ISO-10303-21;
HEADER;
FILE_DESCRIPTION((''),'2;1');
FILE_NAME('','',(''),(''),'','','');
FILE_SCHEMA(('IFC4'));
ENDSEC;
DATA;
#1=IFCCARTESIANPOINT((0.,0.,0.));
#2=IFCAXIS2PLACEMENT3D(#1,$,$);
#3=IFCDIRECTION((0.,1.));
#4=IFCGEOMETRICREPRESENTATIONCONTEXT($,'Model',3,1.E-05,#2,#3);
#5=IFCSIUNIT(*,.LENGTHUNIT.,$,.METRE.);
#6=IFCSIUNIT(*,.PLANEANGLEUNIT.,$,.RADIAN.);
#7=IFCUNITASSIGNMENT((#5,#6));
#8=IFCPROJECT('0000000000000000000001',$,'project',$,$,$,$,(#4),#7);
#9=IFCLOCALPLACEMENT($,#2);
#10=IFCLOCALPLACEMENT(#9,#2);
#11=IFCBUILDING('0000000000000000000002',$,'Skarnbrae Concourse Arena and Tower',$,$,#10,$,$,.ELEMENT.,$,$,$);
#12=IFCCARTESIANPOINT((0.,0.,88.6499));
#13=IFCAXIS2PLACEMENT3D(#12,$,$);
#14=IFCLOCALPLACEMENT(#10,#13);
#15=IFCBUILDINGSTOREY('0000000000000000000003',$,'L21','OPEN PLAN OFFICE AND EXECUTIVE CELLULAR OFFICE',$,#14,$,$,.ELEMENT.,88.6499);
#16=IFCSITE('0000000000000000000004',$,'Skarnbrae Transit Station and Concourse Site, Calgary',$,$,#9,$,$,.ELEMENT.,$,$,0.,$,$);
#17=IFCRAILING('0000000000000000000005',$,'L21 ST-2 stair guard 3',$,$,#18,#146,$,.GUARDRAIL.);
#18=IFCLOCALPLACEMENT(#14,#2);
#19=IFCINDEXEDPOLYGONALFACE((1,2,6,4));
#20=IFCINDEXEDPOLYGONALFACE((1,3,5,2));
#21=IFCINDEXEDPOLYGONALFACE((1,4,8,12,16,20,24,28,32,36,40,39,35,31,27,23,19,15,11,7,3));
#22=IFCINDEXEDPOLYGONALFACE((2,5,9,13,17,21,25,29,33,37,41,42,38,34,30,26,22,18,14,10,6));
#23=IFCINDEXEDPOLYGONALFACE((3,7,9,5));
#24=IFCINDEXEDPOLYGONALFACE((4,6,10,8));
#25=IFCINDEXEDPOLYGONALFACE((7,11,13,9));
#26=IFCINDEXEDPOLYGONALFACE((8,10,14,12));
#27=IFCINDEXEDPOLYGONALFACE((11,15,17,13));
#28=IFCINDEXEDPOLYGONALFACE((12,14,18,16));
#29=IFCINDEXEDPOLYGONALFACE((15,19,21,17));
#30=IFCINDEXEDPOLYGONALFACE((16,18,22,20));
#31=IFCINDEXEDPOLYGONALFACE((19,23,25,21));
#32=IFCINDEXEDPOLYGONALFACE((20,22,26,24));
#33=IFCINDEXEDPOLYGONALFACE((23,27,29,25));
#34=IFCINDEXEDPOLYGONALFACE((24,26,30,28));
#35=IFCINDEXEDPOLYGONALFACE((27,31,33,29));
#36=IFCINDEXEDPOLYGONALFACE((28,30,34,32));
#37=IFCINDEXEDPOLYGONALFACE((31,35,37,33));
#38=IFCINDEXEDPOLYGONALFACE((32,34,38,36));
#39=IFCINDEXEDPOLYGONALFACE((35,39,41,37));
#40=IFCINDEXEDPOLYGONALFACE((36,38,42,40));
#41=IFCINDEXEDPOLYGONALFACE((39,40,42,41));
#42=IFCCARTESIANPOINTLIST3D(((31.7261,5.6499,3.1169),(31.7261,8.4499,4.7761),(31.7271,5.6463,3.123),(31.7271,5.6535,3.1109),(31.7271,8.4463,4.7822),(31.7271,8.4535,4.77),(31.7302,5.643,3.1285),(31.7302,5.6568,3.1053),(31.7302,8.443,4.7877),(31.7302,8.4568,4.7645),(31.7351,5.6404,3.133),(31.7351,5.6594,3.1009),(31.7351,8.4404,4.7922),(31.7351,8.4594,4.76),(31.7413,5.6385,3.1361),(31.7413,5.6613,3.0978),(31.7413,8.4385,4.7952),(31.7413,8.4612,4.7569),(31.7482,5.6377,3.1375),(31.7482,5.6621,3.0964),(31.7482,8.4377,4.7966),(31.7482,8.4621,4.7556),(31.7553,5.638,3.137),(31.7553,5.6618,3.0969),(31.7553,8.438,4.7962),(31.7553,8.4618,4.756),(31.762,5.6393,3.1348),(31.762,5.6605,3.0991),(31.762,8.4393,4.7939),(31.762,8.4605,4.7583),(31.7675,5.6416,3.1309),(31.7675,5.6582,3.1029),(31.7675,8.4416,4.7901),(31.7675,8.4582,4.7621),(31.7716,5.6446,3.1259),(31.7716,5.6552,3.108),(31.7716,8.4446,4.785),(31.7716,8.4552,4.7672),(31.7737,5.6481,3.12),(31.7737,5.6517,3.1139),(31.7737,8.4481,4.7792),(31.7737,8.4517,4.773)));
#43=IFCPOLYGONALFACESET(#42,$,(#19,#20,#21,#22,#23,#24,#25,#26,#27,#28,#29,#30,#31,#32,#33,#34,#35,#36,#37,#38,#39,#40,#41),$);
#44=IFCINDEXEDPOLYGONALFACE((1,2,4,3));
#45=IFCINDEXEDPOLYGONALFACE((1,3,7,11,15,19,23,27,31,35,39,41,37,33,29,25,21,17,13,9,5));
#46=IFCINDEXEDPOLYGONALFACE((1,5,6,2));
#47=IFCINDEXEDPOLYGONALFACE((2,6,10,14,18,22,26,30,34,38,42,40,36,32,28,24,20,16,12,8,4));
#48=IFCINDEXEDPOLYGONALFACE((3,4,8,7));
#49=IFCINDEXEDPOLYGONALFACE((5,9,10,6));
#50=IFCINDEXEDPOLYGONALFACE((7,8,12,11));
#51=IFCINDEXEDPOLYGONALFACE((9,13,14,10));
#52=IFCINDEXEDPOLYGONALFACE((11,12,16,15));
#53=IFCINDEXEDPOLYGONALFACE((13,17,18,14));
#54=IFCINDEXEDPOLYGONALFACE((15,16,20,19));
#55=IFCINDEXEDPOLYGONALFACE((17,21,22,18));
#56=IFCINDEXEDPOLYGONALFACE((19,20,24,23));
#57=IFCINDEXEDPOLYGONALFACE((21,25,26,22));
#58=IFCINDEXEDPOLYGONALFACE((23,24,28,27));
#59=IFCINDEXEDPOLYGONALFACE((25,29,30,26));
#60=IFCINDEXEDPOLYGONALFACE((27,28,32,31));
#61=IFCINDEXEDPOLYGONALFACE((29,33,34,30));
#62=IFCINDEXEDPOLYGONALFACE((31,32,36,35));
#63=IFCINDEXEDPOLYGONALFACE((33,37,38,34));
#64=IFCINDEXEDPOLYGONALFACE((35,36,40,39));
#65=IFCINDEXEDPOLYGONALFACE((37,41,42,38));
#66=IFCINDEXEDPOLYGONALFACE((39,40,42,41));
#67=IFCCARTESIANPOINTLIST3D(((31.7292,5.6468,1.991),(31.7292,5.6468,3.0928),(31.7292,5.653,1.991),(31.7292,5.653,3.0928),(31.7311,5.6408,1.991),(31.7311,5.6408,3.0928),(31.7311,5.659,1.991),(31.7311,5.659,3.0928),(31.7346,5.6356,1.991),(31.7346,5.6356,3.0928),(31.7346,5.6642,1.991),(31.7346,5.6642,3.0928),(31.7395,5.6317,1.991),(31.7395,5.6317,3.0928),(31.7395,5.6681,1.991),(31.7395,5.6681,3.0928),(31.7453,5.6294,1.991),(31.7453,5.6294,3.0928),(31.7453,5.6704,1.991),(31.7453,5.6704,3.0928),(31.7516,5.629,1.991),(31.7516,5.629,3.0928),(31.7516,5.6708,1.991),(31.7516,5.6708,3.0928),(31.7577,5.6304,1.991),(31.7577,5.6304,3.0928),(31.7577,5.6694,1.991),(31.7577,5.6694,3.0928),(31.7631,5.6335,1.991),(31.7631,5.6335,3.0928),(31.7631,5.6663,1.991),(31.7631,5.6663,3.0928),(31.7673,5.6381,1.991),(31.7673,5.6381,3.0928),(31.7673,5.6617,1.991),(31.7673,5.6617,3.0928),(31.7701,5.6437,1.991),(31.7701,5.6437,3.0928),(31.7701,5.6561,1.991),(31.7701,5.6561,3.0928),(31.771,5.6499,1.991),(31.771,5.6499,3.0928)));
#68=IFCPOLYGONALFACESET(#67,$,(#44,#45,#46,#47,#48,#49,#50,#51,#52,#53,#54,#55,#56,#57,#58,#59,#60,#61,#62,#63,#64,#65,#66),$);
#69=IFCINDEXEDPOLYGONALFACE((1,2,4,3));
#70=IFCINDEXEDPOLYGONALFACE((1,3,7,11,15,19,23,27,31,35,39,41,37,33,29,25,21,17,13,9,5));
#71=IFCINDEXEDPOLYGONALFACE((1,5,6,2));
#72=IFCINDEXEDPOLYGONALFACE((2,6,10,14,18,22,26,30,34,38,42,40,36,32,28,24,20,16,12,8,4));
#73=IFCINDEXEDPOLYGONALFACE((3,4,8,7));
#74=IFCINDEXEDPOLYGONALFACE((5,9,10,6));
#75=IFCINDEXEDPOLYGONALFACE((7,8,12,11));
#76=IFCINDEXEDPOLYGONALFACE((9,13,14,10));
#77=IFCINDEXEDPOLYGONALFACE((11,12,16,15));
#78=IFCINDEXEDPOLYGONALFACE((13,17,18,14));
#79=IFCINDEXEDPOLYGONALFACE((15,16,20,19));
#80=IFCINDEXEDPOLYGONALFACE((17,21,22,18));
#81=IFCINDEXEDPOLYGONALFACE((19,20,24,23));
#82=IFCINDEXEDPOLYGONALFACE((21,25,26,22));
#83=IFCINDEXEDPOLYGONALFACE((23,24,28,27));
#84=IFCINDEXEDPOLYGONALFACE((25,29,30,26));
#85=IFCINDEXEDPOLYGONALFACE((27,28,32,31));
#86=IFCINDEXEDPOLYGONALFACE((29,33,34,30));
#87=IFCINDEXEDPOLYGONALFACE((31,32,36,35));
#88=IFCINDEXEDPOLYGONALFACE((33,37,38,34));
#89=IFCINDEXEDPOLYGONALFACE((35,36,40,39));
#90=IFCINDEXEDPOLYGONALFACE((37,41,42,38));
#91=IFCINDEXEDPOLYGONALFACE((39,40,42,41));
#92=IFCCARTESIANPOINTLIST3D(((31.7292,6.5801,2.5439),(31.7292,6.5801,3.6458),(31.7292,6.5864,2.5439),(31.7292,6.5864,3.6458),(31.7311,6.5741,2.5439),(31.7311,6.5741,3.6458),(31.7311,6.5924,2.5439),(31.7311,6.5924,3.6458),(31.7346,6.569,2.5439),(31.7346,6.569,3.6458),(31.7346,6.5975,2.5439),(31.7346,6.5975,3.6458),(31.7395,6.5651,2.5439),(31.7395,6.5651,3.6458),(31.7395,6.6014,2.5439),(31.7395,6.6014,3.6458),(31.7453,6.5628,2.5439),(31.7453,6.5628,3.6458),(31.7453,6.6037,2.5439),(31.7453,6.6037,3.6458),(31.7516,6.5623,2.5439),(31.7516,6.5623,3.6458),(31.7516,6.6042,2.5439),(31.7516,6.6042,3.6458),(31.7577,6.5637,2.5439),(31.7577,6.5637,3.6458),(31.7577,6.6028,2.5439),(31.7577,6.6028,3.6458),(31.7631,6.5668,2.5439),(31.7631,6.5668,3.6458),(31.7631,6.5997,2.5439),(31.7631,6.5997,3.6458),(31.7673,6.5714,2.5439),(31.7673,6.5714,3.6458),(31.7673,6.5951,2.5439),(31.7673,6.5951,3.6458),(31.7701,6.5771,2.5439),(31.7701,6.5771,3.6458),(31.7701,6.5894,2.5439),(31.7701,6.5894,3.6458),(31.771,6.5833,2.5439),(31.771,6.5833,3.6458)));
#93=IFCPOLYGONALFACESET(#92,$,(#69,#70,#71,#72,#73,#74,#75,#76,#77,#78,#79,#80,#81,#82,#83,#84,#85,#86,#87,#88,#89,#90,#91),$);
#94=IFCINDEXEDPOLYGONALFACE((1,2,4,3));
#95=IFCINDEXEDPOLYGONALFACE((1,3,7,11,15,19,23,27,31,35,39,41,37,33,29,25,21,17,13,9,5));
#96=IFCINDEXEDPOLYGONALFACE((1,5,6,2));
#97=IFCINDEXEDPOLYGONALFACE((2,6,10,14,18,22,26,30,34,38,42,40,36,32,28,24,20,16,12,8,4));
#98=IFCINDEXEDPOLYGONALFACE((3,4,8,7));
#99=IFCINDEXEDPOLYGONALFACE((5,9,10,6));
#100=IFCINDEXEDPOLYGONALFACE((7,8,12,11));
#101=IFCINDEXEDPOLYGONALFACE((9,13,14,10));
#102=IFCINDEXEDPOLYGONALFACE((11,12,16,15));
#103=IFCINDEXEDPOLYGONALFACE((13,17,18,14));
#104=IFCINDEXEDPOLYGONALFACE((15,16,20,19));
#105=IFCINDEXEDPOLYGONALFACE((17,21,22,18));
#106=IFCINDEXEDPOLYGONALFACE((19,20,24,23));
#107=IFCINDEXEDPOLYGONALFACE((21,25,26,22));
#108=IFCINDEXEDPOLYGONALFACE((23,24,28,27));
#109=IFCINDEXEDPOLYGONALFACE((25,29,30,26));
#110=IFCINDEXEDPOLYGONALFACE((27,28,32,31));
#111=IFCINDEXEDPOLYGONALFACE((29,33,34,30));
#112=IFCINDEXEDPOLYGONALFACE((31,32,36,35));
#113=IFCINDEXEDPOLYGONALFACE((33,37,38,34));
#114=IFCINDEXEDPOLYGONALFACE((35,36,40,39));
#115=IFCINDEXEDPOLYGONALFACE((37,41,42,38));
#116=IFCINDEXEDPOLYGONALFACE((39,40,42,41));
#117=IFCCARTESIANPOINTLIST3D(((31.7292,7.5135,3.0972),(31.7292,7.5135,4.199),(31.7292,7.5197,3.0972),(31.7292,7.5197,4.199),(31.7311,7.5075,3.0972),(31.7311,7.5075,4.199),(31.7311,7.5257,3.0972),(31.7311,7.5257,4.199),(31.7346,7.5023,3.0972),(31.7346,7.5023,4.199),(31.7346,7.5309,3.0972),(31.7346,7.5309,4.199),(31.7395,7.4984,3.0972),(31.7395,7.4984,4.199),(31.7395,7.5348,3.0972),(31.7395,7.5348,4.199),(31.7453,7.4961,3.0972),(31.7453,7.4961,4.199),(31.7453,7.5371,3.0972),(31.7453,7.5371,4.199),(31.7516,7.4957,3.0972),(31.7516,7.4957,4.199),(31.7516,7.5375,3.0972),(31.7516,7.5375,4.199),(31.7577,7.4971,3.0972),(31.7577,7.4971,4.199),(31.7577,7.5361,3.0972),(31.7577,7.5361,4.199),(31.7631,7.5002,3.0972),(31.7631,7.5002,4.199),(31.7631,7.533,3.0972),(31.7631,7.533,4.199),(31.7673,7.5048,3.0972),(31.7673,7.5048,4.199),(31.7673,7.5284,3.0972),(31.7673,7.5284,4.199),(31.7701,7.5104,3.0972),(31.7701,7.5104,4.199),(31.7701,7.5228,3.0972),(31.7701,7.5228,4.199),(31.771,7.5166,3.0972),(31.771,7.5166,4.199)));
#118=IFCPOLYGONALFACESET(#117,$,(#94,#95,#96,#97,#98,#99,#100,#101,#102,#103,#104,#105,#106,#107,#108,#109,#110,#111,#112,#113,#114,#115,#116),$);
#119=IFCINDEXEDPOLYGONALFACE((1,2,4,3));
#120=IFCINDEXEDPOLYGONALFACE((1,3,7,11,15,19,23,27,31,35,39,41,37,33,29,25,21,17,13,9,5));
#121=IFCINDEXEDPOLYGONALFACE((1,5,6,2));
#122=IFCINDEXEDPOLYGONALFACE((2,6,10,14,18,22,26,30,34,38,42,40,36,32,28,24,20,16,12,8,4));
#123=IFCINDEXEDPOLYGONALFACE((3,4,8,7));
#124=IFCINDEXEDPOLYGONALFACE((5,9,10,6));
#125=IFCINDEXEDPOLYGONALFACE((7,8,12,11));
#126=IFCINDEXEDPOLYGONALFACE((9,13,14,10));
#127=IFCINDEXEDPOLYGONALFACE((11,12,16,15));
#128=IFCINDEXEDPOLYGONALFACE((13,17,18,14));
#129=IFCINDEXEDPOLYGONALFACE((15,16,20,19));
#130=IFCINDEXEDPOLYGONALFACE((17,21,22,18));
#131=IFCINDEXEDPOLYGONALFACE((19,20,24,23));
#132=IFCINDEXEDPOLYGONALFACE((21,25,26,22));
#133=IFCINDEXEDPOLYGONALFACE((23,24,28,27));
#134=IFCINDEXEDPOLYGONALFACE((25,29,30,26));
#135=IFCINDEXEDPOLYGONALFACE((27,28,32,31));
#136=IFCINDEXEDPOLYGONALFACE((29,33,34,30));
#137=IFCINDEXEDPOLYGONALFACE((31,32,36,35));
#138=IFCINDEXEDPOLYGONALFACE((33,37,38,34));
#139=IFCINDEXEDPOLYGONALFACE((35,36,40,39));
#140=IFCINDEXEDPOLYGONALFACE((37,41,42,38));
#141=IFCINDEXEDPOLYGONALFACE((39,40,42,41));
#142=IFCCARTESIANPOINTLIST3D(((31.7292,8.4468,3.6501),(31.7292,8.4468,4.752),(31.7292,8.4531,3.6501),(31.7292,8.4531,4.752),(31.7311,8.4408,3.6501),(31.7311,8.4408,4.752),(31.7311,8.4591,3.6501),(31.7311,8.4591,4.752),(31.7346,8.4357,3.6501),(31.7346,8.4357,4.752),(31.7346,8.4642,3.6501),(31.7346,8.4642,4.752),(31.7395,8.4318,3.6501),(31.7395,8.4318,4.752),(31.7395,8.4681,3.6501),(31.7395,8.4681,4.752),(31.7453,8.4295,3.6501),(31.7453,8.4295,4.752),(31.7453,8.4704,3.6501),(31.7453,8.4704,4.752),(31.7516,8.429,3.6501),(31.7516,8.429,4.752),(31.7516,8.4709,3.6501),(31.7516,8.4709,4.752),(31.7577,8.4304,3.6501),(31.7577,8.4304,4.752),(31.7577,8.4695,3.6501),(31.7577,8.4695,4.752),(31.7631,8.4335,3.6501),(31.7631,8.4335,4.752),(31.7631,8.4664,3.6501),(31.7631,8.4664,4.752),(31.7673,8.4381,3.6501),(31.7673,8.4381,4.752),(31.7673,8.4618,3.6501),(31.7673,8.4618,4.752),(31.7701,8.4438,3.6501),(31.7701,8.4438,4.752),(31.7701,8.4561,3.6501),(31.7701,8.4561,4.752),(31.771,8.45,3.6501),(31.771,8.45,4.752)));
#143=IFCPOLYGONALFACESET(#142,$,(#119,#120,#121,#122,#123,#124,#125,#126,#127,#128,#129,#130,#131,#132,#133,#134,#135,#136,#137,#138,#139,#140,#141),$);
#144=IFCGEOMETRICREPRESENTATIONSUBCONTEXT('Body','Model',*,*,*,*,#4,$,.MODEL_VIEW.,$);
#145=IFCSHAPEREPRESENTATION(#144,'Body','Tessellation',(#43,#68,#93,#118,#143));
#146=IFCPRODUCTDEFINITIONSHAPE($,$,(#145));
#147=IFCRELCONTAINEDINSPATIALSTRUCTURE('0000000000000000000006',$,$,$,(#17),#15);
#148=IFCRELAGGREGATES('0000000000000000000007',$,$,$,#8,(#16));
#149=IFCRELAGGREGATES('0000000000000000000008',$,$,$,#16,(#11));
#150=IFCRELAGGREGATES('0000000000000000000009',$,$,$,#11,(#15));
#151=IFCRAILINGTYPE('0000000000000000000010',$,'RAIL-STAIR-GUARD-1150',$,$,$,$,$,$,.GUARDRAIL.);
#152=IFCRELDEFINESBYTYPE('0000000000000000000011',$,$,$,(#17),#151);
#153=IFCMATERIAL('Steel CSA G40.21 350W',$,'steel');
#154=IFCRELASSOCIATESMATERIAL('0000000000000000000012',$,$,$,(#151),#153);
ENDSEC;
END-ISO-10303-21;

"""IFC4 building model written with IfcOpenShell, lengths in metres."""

from ifc_helpers import new_model, si_unit, direction, frame, origin, origin_2d, place, context, subcontext, project, spatial, circle, extrude, material, type_object, element, save


model = new_model("IFC4")

# Units and contexts
model_context = context("Model", 3, precision=1e-05, world=origin(), true_north=direction((0.0, 1.0)))
body_context = subcontext(model_context, "Body", "Model", "MODEL_VIEW")
ifc_project = project(units=[si_unit("LENGTHUNIT", "METRE"), si_unit("PLANEANGLEUNIT", "RADIAN")], contexts=[model_context])

# Site, building, storey
site_placement = place(None, origin())
site = spatial("IfcSite", under=ifc_project, at=site_placement, Name="Skarnbrae Transit Station and Concourse Site, Calgary", CompositionType="ELEMENT", RefElevation=0.0)
building_placement = place(site_placement, origin())
building = spatial("IfcBuilding", under=site, at=building_placement, Name="Skarnbrae Concourse Arena and Tower", CompositionType="ELEMENT")
storey_placement = place(building_placement, frame((0.0, 0.0, 88.6499)))
storey = spatial("IfcBuildingStorey", under=building, at=storey_placement, Name="L21", Description="OPEN PLAN OFFICE AND EXECUTIVE CELLULAR OFFICE", CompositionType="ELEMENT", Elevation=88.6499)

# Shared definitions
ifc_material_1 = material(Name="Steel CSA G40.21 350W", Category="steel")

# Railing
railing_type_1 = type_object("IfcRailingType", Name="RAIL-STAIR-GUARD-1150", PredefinedType="GUARDRAIL", material=ifc_material_1)
railing_1_placement = place(storey_placement, frame((31.75, 5.6499, 1.991)))
element("IfcRailing", 1, at=railing_1_placement, inside=storey, type_object=railing_type_1, Name="L21 ST-2 stair guard 3", PredefinedType="GUARDRAIL", context=body_context, shape_type="SweptSolid", body=[
    extrude(circle(Radius=0.0239, at=origin_2d()), frame((0.0, 0.0, 1.126), z_axis=(0.0, 0.860306, 0.509778), x_axis=(-1.0, 0.0, 0.0)), (0.0, 0.0, 1.0), 3.2546),
    extrude(circle(Radius=0.021, at=origin_2d()), origin(), (0.0, 0.0, 1.0), 1.1018),
    extrude(circle(Radius=0.021, at=origin_2d()), frame((0.0, 0.9333, 0.553)), (0.0, 0.0, 1.0), 1.1018),
    extrude(circle(Radius=0.021, at=origin_2d()), frame((0.0, 1.8667, 1.1062)), (0.0, 0.0, 1.0), 1.1018),
    extrude(circle(Radius=0.021, at=origin_2d()), frame((0.0, 2.8, 1.6592)), (0.0, 0.0, 1.0), 1.1018),
])

save(model, "model.ifc")
